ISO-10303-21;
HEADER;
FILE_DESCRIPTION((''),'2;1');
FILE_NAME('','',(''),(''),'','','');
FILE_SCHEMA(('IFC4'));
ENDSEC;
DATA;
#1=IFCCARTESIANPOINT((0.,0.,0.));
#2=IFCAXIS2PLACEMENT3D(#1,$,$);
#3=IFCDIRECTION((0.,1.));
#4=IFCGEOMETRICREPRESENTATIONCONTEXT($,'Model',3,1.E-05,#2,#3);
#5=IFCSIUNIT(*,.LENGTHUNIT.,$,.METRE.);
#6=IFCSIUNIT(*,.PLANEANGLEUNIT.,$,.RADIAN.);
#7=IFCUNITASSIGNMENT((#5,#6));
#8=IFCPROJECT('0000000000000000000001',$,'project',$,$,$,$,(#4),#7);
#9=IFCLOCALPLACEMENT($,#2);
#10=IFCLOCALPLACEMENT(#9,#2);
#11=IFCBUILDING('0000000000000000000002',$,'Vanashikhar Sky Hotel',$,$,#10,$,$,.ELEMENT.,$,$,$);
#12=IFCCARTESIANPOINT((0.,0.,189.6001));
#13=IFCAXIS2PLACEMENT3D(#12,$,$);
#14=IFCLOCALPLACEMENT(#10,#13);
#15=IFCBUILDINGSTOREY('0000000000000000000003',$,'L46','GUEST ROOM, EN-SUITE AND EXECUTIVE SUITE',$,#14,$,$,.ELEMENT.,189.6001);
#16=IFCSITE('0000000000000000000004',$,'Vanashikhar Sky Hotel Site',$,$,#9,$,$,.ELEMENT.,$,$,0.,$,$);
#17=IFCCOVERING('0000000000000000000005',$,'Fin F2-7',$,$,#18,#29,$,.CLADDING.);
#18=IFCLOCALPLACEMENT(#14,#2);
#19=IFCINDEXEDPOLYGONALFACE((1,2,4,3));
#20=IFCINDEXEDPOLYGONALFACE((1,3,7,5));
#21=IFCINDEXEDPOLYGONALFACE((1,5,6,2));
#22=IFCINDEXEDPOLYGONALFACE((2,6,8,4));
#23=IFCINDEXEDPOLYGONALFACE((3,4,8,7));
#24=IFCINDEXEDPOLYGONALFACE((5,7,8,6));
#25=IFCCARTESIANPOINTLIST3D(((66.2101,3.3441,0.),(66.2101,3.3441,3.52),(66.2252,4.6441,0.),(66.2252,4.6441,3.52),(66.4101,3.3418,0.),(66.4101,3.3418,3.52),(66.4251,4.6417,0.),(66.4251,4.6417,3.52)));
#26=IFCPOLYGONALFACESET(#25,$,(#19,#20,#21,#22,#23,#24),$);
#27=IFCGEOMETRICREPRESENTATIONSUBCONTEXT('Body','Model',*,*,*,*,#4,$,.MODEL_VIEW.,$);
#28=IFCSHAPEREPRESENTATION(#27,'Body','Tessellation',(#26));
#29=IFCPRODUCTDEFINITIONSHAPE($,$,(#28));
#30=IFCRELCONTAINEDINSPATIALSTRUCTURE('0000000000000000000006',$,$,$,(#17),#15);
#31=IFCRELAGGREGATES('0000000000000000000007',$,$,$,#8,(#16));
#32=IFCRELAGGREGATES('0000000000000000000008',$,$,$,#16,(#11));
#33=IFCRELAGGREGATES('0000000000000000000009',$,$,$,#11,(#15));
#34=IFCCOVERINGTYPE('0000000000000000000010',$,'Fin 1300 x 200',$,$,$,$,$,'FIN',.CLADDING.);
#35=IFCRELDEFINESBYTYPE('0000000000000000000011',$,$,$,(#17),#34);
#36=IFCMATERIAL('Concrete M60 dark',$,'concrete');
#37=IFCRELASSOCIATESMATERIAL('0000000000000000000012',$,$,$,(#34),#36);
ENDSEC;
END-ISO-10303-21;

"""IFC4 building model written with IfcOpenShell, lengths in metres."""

from ifc_helpers import new_model, si_unit, direction, frame, origin, origin_2d, place, context, subcontext, project, spatial, rectangle, extrude, source, transform, mapped, material, material_profile, profile_set, type_object, element, save


model = new_model("IFC4")

# Units and contexts
model_context = context("Model", 3, precision=1e-05, world=origin(), true_north=direction((0.0, 1.0)))
body_context = subcontext(model_context, "Body", "Model", "MODEL_VIEW")
ifc_project = project(units=[si_unit("LENGTHUNIT", "METRE"), si_unit("PLANEANGLEUNIT", "RADIAN")], contexts=[model_context])

# Site, building, storey
site_placement = place(None, origin())
site = spatial("IfcSite", under=ifc_project, at=site_placement, Name="Vanashikhar Sky Hotel Site", CompositionType="ELEMENT", RefElevation=0.0)
building_placement = place(site_placement, origin())
building = spatial("IfcBuilding", under=site, at=building_placement, Name="Vanashikhar Sky Hotel", CompositionType="ELEMENT")
storey_placement = place(building_placement, frame((0.0, 0.0, 189.6001)))
storey = spatial("IfcBuildingStorey", under=building, at=storey_placement, Name="L46", Description="GUEST ROOM, EN-SUITE AND EXECUTIVE SUITE", CompositionType="ELEMENT", Elevation=189.6001)

# Covering
ifc_material_1 = material(Name="Concrete M60 dark", Category="concrete")
ifc_material_profile_1 = material_profile(ifc_material_1, rectangle(XDim=1.3, YDim=0.2, at=origin_2d()))
ifc_profile_set_1 = profile_set([ifc_material_profile_1], Name="Fin 1300 x 200")
covering_type = type_object("IfcCoveringType", Name="Fin 1300 x 200", ElementType="FIN", PredefinedType="CLADDING", material=ifc_profile_set_1)
shared_shape_1 = source(origin(), body_context, "Body", "SweptSolid", [
    extrude(rectangle(XDim=1.3, YDim=0.2, at=origin_2d()), origin(), (0.0, 0.0, 1.0), 3.52),
])
covering_placement = place(storey_placement, frame((66.3176, 3.9929, 0.0), z_axis=(0.0, 0.0, 1.0), x_axis=(-0.011589, -0.999933, 0.0)))
element("IfcCovering", 1, at=covering_placement, inside=storey, type_object=covering_type, Name="Fin F2-7", PredefinedType="CLADDING", context=body_context, shape_type="MappedRepresentation", body=[
    mapped(shared_shape_1, transform((0.0, 0.0, 0.0), scale=1.0)),
])

save(model, "model.ifc")
